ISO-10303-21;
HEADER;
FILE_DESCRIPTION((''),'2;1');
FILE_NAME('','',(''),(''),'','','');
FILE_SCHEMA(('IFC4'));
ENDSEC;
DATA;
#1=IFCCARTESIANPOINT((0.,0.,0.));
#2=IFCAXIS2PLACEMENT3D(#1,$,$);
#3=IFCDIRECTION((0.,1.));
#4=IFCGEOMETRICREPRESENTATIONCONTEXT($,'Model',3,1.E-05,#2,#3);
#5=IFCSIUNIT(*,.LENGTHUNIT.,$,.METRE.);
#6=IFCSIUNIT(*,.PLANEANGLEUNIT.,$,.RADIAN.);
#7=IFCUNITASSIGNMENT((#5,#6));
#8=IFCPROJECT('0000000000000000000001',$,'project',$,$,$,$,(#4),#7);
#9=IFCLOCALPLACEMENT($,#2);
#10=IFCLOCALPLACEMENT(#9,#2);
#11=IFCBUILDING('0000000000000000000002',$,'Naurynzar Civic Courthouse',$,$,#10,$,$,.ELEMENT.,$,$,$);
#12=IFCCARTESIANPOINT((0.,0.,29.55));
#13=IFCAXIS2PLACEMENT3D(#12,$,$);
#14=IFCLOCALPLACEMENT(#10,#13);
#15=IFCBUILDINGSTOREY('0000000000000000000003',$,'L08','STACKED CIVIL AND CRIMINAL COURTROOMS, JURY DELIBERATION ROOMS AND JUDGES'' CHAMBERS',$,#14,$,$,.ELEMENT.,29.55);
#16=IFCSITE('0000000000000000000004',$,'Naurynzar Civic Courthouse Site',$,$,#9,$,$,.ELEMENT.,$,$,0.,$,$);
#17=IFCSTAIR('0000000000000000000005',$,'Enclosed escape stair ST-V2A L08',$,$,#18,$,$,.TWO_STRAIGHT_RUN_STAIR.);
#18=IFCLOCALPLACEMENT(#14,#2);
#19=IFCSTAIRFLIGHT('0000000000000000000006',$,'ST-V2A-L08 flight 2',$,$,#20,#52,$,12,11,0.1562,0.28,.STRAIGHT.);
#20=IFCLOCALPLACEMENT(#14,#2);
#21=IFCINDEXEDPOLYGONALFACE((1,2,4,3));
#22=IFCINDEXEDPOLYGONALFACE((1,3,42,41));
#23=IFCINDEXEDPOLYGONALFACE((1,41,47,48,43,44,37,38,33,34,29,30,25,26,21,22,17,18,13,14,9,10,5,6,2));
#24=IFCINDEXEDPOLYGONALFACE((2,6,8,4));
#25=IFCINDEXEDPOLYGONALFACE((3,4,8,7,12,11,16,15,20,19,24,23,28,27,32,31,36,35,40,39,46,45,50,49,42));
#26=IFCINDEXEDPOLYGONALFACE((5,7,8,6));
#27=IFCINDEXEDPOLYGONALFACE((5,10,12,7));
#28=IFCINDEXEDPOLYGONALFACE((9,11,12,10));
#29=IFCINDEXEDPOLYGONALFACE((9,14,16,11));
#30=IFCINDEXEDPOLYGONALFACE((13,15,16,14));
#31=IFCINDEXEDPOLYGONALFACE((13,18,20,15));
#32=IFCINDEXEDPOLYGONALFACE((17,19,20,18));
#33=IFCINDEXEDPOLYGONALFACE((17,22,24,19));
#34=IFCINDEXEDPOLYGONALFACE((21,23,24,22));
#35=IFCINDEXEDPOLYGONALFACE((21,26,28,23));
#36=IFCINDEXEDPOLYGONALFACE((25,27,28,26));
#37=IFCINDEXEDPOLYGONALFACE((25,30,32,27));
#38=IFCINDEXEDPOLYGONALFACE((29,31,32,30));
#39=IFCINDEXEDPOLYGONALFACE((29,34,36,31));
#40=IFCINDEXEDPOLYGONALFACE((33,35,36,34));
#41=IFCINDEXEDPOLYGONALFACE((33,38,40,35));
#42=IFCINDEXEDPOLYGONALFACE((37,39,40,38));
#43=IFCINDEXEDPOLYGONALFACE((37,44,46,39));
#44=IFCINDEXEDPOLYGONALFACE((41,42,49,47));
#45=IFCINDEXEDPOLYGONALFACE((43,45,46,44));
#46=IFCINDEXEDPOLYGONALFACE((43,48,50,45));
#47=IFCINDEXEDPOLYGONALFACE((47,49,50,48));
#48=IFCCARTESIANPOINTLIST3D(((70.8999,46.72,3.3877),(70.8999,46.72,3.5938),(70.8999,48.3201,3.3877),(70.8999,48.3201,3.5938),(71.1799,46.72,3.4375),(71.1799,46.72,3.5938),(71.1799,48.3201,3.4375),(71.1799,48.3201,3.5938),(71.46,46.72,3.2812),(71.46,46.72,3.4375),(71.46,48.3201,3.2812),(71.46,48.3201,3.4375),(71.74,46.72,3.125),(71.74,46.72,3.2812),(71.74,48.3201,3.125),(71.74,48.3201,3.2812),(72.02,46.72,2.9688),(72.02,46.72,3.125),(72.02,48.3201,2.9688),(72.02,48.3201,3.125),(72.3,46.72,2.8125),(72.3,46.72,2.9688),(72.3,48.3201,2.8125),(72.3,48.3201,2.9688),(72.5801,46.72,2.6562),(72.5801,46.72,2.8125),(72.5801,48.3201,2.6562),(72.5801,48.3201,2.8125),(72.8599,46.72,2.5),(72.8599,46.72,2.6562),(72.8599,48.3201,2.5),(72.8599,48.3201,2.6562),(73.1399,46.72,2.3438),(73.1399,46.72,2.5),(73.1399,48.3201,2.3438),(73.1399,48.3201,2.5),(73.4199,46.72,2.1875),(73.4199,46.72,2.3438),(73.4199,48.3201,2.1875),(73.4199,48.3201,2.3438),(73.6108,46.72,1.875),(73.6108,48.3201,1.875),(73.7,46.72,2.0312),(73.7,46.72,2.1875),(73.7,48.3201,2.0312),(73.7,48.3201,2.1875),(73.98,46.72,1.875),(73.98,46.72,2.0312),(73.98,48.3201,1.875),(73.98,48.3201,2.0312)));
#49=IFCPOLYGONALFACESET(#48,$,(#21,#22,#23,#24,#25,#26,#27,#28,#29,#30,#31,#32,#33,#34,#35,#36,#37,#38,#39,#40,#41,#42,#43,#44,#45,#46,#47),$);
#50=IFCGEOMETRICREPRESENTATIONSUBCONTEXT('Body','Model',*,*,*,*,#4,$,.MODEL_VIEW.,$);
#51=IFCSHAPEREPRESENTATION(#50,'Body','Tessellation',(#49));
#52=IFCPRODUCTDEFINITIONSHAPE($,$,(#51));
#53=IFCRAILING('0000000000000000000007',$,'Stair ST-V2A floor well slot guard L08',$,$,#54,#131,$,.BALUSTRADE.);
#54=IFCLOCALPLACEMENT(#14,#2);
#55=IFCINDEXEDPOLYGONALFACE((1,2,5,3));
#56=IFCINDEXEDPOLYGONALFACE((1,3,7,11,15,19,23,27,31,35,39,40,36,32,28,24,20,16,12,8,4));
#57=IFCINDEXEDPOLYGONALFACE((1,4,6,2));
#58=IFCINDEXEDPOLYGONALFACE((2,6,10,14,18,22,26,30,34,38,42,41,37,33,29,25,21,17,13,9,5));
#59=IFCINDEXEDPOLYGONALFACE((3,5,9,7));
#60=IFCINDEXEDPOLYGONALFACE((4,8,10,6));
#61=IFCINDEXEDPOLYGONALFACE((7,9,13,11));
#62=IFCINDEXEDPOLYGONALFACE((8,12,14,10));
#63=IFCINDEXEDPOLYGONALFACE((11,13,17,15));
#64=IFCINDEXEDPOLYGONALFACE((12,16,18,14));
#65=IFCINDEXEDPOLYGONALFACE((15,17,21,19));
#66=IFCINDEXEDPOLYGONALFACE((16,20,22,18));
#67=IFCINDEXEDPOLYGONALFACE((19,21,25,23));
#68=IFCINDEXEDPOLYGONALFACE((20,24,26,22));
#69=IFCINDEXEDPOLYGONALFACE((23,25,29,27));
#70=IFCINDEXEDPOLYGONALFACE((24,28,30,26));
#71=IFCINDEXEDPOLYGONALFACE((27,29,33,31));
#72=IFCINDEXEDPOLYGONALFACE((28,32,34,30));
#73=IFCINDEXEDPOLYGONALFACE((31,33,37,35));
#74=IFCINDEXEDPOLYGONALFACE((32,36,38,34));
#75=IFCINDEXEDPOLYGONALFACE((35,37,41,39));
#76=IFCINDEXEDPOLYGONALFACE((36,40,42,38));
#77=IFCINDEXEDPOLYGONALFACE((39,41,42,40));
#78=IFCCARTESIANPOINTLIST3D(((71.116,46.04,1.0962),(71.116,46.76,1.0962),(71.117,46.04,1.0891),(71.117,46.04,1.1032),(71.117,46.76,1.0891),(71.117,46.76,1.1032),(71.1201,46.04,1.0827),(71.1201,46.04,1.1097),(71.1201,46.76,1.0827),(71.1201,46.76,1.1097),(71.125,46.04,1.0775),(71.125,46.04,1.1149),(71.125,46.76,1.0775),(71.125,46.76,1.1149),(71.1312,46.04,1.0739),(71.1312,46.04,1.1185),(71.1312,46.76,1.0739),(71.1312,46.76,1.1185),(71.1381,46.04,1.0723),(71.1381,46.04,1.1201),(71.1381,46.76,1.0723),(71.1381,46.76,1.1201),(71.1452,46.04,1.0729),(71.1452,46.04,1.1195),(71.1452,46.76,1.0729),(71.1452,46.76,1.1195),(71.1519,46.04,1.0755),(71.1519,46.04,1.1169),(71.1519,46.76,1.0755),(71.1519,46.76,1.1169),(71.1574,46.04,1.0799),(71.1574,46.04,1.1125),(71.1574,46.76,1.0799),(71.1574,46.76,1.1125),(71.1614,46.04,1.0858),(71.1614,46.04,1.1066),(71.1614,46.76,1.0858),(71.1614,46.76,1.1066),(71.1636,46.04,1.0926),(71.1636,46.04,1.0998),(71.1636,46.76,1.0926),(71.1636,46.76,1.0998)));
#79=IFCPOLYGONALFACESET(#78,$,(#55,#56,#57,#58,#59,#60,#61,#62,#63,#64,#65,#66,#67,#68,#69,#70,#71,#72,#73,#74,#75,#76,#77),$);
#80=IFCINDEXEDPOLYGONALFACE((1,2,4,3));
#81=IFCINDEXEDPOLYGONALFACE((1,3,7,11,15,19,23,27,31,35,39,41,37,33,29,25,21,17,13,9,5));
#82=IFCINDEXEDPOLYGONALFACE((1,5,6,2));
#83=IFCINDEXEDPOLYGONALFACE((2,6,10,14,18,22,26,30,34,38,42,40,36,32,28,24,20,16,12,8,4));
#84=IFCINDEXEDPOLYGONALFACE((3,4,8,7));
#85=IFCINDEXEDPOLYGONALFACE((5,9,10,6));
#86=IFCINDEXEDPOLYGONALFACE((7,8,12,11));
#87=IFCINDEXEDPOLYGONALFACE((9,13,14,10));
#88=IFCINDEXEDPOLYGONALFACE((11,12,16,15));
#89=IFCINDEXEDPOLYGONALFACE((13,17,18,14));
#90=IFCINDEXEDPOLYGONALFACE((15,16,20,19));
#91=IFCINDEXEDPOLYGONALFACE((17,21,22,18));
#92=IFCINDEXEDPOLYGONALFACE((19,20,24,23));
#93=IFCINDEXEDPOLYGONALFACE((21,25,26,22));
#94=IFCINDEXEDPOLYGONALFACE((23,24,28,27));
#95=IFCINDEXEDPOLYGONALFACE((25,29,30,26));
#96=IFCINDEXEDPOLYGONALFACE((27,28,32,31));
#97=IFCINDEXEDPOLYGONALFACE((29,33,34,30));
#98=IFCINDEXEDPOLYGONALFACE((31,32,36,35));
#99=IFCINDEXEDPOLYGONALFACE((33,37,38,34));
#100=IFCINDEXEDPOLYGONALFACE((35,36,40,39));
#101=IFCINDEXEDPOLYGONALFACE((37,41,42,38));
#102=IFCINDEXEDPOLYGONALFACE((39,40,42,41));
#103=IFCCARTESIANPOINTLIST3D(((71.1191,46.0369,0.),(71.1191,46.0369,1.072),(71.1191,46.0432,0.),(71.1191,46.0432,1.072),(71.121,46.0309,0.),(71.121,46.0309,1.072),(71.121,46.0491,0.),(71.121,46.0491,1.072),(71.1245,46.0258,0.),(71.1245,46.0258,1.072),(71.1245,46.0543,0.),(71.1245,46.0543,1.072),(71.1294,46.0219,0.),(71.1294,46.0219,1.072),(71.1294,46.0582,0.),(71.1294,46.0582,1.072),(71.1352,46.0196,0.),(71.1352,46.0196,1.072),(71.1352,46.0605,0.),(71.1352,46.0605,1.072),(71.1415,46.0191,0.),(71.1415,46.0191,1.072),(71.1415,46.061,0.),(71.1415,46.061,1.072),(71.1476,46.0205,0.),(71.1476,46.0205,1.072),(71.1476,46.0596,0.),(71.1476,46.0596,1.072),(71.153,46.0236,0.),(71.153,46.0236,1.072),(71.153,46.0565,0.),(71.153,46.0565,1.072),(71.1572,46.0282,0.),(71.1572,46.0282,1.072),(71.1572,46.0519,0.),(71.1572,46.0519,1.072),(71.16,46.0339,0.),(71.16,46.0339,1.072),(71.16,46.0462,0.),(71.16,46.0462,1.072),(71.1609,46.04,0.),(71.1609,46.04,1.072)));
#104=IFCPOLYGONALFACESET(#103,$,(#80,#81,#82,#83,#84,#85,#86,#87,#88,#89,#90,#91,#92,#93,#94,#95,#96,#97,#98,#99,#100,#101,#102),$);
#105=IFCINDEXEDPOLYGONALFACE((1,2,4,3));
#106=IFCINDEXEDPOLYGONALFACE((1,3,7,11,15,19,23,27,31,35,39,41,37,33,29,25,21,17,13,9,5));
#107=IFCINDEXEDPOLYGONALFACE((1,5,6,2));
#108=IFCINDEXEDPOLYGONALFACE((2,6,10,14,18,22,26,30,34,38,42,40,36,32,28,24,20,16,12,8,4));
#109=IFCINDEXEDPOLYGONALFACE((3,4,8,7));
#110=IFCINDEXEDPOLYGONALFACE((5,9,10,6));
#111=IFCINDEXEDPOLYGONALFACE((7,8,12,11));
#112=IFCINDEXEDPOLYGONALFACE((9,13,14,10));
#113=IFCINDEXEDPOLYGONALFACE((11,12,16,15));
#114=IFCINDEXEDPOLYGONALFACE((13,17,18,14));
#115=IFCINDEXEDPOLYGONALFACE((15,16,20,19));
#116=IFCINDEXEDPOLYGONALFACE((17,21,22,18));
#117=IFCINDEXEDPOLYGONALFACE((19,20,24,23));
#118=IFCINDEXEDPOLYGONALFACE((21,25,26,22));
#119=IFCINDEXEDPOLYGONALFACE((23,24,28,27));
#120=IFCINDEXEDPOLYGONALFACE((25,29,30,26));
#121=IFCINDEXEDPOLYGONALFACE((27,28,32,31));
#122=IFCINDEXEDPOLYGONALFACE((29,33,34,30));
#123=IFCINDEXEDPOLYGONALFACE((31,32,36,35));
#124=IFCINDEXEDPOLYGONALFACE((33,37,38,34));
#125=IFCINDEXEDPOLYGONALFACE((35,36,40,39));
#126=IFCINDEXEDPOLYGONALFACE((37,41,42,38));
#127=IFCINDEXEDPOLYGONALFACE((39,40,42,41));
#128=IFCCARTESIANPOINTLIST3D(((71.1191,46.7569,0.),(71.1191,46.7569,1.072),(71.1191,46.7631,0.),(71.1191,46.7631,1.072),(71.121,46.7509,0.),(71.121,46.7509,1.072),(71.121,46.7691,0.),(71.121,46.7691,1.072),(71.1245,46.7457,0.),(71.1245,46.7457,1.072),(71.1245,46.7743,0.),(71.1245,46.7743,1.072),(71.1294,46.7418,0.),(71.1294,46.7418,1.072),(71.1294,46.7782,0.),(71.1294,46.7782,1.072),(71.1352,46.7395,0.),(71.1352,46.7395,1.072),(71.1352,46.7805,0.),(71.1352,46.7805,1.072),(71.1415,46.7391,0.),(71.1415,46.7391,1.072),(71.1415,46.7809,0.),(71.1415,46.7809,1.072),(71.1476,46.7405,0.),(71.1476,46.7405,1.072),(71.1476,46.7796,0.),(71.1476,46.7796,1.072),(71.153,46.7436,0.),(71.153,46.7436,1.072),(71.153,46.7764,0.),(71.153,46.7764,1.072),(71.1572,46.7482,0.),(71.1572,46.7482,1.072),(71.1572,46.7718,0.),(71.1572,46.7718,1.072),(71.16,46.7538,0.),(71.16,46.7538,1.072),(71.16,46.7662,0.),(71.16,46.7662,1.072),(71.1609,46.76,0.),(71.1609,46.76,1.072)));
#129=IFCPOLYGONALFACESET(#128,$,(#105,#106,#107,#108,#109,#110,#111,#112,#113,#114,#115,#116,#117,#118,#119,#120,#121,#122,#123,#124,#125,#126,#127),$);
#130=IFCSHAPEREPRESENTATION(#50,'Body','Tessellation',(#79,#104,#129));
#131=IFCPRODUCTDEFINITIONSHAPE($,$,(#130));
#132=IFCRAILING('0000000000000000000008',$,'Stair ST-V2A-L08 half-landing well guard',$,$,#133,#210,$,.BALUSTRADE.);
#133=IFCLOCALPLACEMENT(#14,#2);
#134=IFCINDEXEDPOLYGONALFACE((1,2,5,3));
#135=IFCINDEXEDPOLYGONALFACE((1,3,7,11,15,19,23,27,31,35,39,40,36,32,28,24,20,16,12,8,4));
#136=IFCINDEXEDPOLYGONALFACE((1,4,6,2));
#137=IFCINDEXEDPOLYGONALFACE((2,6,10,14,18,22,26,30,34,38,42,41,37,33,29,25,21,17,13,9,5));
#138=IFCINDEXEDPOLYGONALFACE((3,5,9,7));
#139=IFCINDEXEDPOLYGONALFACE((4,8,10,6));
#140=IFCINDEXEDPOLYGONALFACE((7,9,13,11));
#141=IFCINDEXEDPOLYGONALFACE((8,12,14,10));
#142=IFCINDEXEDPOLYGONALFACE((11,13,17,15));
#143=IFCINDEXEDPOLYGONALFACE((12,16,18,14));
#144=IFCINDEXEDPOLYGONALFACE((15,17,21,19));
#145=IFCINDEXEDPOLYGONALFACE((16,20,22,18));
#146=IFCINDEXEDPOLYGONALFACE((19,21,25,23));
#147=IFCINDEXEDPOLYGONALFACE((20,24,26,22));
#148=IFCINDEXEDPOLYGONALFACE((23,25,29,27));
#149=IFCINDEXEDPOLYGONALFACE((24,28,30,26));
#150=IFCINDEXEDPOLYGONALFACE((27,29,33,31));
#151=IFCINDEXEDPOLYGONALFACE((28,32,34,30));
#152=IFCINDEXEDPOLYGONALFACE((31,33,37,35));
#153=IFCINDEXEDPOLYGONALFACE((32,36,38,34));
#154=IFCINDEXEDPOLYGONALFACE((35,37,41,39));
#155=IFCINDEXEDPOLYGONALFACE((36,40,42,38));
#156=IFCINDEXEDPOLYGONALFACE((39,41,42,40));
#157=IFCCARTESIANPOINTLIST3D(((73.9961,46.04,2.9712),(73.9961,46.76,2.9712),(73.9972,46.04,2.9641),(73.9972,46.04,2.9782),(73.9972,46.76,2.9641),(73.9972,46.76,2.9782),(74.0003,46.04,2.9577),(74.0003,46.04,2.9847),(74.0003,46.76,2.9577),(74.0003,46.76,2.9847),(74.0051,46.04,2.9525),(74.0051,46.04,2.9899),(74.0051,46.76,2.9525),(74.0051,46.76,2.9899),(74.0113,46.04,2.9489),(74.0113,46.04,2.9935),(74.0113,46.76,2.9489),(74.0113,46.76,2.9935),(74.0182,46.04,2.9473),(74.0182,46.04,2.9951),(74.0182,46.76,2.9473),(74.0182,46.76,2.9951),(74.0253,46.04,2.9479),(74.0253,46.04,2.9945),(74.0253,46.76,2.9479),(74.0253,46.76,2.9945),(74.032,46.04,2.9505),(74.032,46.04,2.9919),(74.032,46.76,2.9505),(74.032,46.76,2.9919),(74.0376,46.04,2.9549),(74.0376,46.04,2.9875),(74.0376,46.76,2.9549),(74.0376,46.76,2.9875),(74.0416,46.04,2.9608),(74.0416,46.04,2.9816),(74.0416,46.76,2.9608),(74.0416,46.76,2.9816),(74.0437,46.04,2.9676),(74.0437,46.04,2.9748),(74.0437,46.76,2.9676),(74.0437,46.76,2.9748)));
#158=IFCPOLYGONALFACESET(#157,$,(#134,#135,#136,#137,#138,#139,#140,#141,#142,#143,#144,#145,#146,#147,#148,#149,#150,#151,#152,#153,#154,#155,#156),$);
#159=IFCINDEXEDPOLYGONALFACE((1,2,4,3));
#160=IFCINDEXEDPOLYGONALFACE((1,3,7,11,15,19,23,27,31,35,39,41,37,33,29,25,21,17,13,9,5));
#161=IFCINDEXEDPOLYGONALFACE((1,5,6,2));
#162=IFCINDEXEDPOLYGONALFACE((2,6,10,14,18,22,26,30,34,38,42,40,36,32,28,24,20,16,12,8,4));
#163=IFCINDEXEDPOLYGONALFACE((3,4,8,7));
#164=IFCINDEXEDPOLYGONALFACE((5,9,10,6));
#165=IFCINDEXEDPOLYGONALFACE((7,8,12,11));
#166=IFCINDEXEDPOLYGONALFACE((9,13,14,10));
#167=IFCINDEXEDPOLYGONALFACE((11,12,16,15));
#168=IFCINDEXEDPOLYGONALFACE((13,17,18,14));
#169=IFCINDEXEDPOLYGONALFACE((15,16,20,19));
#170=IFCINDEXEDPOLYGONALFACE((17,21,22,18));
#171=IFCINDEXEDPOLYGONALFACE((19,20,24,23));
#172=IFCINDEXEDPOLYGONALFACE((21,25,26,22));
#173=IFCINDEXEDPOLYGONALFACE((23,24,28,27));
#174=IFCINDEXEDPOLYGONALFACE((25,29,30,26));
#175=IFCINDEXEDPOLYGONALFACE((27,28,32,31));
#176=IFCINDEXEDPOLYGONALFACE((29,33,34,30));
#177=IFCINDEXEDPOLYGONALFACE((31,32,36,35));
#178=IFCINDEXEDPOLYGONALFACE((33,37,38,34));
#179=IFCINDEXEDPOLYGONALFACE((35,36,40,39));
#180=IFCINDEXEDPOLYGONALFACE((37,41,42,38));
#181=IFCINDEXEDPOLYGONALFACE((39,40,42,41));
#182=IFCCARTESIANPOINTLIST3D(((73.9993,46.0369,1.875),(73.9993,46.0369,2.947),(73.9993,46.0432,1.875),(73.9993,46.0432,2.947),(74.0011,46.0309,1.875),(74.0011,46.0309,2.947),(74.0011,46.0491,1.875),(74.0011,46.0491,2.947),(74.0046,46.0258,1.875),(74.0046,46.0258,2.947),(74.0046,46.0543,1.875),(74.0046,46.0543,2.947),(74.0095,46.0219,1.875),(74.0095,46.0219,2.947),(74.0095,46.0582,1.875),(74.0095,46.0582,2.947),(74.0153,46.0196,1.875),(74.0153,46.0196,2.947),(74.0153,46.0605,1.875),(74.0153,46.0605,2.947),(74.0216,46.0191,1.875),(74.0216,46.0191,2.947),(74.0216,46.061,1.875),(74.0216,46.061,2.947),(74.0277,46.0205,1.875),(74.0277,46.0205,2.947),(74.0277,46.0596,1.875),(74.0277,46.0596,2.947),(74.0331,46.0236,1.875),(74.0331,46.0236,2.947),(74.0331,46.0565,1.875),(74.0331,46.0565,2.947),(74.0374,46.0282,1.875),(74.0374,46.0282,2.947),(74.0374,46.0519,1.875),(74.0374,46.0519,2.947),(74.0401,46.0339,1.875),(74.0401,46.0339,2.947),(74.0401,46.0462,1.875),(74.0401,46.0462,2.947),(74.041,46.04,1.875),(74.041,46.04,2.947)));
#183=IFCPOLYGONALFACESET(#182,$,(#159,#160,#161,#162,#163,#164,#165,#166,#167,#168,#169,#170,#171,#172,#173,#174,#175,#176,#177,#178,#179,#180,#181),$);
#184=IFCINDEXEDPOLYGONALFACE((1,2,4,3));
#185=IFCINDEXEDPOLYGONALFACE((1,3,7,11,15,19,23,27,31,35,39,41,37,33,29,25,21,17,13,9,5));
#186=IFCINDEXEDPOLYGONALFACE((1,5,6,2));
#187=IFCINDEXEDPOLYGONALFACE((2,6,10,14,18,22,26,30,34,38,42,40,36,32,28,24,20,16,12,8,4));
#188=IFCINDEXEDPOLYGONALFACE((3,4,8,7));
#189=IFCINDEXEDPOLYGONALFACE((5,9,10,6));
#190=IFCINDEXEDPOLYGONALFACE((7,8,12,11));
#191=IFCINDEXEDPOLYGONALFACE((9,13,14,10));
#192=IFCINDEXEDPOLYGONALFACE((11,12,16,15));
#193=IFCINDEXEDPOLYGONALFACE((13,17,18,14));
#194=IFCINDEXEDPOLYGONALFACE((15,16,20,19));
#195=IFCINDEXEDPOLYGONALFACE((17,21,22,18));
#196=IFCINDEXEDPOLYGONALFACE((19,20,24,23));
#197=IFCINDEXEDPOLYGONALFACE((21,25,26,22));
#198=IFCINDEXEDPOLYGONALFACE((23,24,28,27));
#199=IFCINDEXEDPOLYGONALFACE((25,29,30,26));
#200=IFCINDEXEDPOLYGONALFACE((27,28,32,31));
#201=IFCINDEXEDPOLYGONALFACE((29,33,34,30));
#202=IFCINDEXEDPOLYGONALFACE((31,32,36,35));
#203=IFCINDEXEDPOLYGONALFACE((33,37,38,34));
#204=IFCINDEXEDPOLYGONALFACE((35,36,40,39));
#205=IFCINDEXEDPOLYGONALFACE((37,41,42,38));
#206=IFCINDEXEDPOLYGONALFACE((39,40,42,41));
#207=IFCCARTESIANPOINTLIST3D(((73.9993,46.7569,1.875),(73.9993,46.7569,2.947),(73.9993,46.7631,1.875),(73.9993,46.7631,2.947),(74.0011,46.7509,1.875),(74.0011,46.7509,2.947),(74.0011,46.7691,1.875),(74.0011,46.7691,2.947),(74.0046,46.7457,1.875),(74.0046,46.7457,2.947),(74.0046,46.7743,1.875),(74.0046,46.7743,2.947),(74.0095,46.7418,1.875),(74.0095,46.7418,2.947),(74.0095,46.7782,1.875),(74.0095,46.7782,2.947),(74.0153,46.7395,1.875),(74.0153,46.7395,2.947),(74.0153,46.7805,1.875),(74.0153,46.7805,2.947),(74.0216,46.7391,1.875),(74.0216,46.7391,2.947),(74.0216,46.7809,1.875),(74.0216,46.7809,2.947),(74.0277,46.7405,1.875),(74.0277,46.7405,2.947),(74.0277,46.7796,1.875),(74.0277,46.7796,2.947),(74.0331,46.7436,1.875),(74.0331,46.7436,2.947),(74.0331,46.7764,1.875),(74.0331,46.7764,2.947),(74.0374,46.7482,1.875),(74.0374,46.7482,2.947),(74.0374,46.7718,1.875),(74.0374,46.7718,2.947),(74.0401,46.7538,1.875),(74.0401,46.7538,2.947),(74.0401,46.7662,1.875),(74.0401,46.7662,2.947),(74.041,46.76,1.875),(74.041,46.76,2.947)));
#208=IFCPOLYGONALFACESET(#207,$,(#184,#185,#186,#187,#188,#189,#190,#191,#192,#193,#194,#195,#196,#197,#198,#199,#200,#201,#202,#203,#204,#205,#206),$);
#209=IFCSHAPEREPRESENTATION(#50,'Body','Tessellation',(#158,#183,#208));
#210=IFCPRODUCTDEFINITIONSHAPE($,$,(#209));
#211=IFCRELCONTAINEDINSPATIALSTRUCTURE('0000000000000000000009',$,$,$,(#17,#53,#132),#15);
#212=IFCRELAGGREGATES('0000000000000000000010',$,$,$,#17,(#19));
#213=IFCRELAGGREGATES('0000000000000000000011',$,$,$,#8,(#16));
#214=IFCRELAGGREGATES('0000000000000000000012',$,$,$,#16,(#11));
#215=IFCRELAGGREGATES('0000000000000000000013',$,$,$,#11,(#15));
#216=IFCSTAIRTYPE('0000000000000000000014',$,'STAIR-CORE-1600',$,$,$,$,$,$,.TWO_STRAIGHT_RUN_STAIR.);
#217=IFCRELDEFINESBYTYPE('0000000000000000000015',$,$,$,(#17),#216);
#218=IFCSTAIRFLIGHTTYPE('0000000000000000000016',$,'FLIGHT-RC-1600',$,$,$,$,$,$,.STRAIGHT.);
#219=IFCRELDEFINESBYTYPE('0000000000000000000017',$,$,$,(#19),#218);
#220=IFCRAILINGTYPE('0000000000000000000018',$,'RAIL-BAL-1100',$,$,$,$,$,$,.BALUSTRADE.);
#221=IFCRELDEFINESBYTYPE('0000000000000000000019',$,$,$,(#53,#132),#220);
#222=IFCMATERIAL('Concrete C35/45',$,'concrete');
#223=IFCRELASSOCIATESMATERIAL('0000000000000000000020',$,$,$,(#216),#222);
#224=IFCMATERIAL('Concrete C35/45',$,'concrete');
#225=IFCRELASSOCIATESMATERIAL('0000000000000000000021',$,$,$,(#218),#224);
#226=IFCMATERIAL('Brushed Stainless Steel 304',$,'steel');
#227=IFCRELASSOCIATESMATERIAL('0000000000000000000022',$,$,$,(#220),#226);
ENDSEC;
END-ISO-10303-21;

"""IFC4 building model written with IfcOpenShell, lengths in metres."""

from ifc_helpers import new_model, si_unit, direction, frame, origin, origin_2d, place, context, subcontext, project, spatial, polyline, circle, outline, extrude, material, type_object, element, aggregate, save


model = new_model("IFC4")

# Units and contexts
model_context = context("Model", 3, precision=1e-05, world=origin(), true_north=direction((0.0, 1.0)))
body_context = subcontext(model_context, "Body", "Model", "MODEL_VIEW")
ifc_project = project(units=[si_unit("LENGTHUNIT", "METRE"), si_unit("PLANEANGLEUNIT", "RADIAN")], contexts=[model_context])

# Site, building, storey
site_placement = place(None, origin())
site = spatial("IfcSite", under=ifc_project, at=site_placement, Name="Naurynzar Civic Courthouse Site", CompositionType="ELEMENT", RefElevation=0.0)
building_placement = place(site_placement, origin())
building = spatial("IfcBuilding", under=site, at=building_placement, Name="Naurynzar Civic Courthouse", CompositionType="ELEMENT")
storey_placement = place(building_placement, frame((0.0, 0.0, 29.55)))
storey = spatial("IfcBuildingStorey", under=building, at=storey_placement, Name="L08", Description="STACKED CIVIL AND CRIMINAL COURTROOMS, JURY DELIBERATION ROOMS AND JUDGES' CHAMBERS", CompositionType="ELEMENT", Elevation=29.55)

# Stair, stair flight
ifc_material_1 = material(Name="Concrete C35/45", Category="concrete")
stair_type = type_object("IfcStairType", Name="STAIR-CORE-1600", PredefinedType="TWO_STRAIGHT_RUN_STAIR", material=ifc_material_1)
stair_placement = place(storey_placement, origin())
stair = element("IfcStair", 1, at=stair_placement, inside=storey, type_object=stair_type, Name="Enclosed escape stair ST-V2A L08", PredefinedType="TWO_STRAIGHT_RUN_STAIR")
ifc_material_2 = material(Name="Concrete C35/45", Category="concrete")
stair_flight_type = type_object("IfcStairFlightType", Name="FLIGHT-RC-1600", PredefinedType="STRAIGHT", material=ifc_material_2)
stair_flight_1_placement = place(storey_placement, frame((73.98, 47.52, 1.875), z_axis=(0.0, 0.0, 1.0), x_axis=(-1.0, 0.0, 0.0)))
stair_flight_1 = element("IfcStairFlight", 2, at=stair_flight_1_placement, type_object=stair_flight_type, Name="ST-V2A-L08 flight 2", NumberOfRisers=12, NumberOfTreads=11, PredefinedType="STRAIGHT", RiserHeight=0.1562, TreadLength=0.28, context=body_context, shape_type="SweptSolid", body=[
    extrude(outline(polyline([(0.0, 0.0), (0.0, 0.1562), (0.28, 0.1562), (0.28, 0.3125), (0.5601, 0.3125), (0.5601, 0.4688), (0.8401, 0.4688), (0.8401, 0.625), (1.1201, 0.625), (1.1201, 0.7812), (1.3999, 0.7812), (1.3999, 0.9375), (1.6799, 0.9375), (1.6799, 1.0938), (1.96, 1.0938), (1.96, 1.25), (2.24, 1.25), (2.24, 1.4062), (2.52, 1.4062), (2.52, 1.5625), (2.8, 1.5625), (2.8, 1.7188), (3.0801, 1.7188), (3.0801, 1.875), (3.0801, 1.5127), (0.3691, 0.0), (0.0, 0.0)])), frame((0.0, 0.8, 0.0), z_axis=(0.0, -1.0, 0.0), x_axis=(1.0, 0.0, 0.0)), (0.0, 0.0, 1.0), 1.6001),
])
aggregate(stair, [stair_flight_1])

# Railings
ifc_material_3 = material(Name="Brushed Stainless Steel 304", Category="steel")
railing_type_1 = type_object("IfcRailingType", Name="RAIL-BAL-1100", PredefinedType="BALUSTRADE", material=ifc_material_3)
for number, where, name in (
    (3, (71.1399, 46.04, 0.0), "Stair ST-V2A floor well slot guard L08"),
    (4, (74.02, 46.04, 1.875), "Stair ST-V2A-L08 half-landing well guard"),
):
    element("IfcRailing", number, at=place(storey_placement, frame(where)), inside=storey, type_object=railing_type_1, Name=name, PredefinedType="BALUSTRADE", context=body_context, shape_type="SweptSolid", body=[
        extrude(circle(Radius=0.0239, at=origin_2d()), frame((0.0, 0.0, 1.0962), z_axis=(0.0, 1.0, 0.0), x_axis=(-1.0, 0.0, 0.0)), (0.0, 0.0, 1.0), 0.72),
        extrude(circle(Radius=0.021, at=origin_2d()), origin(), (0.0, 0.0, 1.0), 1.072),
        extrude(circle(Radius=0.021, at=origin_2d()), frame((0.0, 0.72, 0.0)), (0.0, 0.0, 1.0), 1.072),
    ])

save(model, "model.ifc")
